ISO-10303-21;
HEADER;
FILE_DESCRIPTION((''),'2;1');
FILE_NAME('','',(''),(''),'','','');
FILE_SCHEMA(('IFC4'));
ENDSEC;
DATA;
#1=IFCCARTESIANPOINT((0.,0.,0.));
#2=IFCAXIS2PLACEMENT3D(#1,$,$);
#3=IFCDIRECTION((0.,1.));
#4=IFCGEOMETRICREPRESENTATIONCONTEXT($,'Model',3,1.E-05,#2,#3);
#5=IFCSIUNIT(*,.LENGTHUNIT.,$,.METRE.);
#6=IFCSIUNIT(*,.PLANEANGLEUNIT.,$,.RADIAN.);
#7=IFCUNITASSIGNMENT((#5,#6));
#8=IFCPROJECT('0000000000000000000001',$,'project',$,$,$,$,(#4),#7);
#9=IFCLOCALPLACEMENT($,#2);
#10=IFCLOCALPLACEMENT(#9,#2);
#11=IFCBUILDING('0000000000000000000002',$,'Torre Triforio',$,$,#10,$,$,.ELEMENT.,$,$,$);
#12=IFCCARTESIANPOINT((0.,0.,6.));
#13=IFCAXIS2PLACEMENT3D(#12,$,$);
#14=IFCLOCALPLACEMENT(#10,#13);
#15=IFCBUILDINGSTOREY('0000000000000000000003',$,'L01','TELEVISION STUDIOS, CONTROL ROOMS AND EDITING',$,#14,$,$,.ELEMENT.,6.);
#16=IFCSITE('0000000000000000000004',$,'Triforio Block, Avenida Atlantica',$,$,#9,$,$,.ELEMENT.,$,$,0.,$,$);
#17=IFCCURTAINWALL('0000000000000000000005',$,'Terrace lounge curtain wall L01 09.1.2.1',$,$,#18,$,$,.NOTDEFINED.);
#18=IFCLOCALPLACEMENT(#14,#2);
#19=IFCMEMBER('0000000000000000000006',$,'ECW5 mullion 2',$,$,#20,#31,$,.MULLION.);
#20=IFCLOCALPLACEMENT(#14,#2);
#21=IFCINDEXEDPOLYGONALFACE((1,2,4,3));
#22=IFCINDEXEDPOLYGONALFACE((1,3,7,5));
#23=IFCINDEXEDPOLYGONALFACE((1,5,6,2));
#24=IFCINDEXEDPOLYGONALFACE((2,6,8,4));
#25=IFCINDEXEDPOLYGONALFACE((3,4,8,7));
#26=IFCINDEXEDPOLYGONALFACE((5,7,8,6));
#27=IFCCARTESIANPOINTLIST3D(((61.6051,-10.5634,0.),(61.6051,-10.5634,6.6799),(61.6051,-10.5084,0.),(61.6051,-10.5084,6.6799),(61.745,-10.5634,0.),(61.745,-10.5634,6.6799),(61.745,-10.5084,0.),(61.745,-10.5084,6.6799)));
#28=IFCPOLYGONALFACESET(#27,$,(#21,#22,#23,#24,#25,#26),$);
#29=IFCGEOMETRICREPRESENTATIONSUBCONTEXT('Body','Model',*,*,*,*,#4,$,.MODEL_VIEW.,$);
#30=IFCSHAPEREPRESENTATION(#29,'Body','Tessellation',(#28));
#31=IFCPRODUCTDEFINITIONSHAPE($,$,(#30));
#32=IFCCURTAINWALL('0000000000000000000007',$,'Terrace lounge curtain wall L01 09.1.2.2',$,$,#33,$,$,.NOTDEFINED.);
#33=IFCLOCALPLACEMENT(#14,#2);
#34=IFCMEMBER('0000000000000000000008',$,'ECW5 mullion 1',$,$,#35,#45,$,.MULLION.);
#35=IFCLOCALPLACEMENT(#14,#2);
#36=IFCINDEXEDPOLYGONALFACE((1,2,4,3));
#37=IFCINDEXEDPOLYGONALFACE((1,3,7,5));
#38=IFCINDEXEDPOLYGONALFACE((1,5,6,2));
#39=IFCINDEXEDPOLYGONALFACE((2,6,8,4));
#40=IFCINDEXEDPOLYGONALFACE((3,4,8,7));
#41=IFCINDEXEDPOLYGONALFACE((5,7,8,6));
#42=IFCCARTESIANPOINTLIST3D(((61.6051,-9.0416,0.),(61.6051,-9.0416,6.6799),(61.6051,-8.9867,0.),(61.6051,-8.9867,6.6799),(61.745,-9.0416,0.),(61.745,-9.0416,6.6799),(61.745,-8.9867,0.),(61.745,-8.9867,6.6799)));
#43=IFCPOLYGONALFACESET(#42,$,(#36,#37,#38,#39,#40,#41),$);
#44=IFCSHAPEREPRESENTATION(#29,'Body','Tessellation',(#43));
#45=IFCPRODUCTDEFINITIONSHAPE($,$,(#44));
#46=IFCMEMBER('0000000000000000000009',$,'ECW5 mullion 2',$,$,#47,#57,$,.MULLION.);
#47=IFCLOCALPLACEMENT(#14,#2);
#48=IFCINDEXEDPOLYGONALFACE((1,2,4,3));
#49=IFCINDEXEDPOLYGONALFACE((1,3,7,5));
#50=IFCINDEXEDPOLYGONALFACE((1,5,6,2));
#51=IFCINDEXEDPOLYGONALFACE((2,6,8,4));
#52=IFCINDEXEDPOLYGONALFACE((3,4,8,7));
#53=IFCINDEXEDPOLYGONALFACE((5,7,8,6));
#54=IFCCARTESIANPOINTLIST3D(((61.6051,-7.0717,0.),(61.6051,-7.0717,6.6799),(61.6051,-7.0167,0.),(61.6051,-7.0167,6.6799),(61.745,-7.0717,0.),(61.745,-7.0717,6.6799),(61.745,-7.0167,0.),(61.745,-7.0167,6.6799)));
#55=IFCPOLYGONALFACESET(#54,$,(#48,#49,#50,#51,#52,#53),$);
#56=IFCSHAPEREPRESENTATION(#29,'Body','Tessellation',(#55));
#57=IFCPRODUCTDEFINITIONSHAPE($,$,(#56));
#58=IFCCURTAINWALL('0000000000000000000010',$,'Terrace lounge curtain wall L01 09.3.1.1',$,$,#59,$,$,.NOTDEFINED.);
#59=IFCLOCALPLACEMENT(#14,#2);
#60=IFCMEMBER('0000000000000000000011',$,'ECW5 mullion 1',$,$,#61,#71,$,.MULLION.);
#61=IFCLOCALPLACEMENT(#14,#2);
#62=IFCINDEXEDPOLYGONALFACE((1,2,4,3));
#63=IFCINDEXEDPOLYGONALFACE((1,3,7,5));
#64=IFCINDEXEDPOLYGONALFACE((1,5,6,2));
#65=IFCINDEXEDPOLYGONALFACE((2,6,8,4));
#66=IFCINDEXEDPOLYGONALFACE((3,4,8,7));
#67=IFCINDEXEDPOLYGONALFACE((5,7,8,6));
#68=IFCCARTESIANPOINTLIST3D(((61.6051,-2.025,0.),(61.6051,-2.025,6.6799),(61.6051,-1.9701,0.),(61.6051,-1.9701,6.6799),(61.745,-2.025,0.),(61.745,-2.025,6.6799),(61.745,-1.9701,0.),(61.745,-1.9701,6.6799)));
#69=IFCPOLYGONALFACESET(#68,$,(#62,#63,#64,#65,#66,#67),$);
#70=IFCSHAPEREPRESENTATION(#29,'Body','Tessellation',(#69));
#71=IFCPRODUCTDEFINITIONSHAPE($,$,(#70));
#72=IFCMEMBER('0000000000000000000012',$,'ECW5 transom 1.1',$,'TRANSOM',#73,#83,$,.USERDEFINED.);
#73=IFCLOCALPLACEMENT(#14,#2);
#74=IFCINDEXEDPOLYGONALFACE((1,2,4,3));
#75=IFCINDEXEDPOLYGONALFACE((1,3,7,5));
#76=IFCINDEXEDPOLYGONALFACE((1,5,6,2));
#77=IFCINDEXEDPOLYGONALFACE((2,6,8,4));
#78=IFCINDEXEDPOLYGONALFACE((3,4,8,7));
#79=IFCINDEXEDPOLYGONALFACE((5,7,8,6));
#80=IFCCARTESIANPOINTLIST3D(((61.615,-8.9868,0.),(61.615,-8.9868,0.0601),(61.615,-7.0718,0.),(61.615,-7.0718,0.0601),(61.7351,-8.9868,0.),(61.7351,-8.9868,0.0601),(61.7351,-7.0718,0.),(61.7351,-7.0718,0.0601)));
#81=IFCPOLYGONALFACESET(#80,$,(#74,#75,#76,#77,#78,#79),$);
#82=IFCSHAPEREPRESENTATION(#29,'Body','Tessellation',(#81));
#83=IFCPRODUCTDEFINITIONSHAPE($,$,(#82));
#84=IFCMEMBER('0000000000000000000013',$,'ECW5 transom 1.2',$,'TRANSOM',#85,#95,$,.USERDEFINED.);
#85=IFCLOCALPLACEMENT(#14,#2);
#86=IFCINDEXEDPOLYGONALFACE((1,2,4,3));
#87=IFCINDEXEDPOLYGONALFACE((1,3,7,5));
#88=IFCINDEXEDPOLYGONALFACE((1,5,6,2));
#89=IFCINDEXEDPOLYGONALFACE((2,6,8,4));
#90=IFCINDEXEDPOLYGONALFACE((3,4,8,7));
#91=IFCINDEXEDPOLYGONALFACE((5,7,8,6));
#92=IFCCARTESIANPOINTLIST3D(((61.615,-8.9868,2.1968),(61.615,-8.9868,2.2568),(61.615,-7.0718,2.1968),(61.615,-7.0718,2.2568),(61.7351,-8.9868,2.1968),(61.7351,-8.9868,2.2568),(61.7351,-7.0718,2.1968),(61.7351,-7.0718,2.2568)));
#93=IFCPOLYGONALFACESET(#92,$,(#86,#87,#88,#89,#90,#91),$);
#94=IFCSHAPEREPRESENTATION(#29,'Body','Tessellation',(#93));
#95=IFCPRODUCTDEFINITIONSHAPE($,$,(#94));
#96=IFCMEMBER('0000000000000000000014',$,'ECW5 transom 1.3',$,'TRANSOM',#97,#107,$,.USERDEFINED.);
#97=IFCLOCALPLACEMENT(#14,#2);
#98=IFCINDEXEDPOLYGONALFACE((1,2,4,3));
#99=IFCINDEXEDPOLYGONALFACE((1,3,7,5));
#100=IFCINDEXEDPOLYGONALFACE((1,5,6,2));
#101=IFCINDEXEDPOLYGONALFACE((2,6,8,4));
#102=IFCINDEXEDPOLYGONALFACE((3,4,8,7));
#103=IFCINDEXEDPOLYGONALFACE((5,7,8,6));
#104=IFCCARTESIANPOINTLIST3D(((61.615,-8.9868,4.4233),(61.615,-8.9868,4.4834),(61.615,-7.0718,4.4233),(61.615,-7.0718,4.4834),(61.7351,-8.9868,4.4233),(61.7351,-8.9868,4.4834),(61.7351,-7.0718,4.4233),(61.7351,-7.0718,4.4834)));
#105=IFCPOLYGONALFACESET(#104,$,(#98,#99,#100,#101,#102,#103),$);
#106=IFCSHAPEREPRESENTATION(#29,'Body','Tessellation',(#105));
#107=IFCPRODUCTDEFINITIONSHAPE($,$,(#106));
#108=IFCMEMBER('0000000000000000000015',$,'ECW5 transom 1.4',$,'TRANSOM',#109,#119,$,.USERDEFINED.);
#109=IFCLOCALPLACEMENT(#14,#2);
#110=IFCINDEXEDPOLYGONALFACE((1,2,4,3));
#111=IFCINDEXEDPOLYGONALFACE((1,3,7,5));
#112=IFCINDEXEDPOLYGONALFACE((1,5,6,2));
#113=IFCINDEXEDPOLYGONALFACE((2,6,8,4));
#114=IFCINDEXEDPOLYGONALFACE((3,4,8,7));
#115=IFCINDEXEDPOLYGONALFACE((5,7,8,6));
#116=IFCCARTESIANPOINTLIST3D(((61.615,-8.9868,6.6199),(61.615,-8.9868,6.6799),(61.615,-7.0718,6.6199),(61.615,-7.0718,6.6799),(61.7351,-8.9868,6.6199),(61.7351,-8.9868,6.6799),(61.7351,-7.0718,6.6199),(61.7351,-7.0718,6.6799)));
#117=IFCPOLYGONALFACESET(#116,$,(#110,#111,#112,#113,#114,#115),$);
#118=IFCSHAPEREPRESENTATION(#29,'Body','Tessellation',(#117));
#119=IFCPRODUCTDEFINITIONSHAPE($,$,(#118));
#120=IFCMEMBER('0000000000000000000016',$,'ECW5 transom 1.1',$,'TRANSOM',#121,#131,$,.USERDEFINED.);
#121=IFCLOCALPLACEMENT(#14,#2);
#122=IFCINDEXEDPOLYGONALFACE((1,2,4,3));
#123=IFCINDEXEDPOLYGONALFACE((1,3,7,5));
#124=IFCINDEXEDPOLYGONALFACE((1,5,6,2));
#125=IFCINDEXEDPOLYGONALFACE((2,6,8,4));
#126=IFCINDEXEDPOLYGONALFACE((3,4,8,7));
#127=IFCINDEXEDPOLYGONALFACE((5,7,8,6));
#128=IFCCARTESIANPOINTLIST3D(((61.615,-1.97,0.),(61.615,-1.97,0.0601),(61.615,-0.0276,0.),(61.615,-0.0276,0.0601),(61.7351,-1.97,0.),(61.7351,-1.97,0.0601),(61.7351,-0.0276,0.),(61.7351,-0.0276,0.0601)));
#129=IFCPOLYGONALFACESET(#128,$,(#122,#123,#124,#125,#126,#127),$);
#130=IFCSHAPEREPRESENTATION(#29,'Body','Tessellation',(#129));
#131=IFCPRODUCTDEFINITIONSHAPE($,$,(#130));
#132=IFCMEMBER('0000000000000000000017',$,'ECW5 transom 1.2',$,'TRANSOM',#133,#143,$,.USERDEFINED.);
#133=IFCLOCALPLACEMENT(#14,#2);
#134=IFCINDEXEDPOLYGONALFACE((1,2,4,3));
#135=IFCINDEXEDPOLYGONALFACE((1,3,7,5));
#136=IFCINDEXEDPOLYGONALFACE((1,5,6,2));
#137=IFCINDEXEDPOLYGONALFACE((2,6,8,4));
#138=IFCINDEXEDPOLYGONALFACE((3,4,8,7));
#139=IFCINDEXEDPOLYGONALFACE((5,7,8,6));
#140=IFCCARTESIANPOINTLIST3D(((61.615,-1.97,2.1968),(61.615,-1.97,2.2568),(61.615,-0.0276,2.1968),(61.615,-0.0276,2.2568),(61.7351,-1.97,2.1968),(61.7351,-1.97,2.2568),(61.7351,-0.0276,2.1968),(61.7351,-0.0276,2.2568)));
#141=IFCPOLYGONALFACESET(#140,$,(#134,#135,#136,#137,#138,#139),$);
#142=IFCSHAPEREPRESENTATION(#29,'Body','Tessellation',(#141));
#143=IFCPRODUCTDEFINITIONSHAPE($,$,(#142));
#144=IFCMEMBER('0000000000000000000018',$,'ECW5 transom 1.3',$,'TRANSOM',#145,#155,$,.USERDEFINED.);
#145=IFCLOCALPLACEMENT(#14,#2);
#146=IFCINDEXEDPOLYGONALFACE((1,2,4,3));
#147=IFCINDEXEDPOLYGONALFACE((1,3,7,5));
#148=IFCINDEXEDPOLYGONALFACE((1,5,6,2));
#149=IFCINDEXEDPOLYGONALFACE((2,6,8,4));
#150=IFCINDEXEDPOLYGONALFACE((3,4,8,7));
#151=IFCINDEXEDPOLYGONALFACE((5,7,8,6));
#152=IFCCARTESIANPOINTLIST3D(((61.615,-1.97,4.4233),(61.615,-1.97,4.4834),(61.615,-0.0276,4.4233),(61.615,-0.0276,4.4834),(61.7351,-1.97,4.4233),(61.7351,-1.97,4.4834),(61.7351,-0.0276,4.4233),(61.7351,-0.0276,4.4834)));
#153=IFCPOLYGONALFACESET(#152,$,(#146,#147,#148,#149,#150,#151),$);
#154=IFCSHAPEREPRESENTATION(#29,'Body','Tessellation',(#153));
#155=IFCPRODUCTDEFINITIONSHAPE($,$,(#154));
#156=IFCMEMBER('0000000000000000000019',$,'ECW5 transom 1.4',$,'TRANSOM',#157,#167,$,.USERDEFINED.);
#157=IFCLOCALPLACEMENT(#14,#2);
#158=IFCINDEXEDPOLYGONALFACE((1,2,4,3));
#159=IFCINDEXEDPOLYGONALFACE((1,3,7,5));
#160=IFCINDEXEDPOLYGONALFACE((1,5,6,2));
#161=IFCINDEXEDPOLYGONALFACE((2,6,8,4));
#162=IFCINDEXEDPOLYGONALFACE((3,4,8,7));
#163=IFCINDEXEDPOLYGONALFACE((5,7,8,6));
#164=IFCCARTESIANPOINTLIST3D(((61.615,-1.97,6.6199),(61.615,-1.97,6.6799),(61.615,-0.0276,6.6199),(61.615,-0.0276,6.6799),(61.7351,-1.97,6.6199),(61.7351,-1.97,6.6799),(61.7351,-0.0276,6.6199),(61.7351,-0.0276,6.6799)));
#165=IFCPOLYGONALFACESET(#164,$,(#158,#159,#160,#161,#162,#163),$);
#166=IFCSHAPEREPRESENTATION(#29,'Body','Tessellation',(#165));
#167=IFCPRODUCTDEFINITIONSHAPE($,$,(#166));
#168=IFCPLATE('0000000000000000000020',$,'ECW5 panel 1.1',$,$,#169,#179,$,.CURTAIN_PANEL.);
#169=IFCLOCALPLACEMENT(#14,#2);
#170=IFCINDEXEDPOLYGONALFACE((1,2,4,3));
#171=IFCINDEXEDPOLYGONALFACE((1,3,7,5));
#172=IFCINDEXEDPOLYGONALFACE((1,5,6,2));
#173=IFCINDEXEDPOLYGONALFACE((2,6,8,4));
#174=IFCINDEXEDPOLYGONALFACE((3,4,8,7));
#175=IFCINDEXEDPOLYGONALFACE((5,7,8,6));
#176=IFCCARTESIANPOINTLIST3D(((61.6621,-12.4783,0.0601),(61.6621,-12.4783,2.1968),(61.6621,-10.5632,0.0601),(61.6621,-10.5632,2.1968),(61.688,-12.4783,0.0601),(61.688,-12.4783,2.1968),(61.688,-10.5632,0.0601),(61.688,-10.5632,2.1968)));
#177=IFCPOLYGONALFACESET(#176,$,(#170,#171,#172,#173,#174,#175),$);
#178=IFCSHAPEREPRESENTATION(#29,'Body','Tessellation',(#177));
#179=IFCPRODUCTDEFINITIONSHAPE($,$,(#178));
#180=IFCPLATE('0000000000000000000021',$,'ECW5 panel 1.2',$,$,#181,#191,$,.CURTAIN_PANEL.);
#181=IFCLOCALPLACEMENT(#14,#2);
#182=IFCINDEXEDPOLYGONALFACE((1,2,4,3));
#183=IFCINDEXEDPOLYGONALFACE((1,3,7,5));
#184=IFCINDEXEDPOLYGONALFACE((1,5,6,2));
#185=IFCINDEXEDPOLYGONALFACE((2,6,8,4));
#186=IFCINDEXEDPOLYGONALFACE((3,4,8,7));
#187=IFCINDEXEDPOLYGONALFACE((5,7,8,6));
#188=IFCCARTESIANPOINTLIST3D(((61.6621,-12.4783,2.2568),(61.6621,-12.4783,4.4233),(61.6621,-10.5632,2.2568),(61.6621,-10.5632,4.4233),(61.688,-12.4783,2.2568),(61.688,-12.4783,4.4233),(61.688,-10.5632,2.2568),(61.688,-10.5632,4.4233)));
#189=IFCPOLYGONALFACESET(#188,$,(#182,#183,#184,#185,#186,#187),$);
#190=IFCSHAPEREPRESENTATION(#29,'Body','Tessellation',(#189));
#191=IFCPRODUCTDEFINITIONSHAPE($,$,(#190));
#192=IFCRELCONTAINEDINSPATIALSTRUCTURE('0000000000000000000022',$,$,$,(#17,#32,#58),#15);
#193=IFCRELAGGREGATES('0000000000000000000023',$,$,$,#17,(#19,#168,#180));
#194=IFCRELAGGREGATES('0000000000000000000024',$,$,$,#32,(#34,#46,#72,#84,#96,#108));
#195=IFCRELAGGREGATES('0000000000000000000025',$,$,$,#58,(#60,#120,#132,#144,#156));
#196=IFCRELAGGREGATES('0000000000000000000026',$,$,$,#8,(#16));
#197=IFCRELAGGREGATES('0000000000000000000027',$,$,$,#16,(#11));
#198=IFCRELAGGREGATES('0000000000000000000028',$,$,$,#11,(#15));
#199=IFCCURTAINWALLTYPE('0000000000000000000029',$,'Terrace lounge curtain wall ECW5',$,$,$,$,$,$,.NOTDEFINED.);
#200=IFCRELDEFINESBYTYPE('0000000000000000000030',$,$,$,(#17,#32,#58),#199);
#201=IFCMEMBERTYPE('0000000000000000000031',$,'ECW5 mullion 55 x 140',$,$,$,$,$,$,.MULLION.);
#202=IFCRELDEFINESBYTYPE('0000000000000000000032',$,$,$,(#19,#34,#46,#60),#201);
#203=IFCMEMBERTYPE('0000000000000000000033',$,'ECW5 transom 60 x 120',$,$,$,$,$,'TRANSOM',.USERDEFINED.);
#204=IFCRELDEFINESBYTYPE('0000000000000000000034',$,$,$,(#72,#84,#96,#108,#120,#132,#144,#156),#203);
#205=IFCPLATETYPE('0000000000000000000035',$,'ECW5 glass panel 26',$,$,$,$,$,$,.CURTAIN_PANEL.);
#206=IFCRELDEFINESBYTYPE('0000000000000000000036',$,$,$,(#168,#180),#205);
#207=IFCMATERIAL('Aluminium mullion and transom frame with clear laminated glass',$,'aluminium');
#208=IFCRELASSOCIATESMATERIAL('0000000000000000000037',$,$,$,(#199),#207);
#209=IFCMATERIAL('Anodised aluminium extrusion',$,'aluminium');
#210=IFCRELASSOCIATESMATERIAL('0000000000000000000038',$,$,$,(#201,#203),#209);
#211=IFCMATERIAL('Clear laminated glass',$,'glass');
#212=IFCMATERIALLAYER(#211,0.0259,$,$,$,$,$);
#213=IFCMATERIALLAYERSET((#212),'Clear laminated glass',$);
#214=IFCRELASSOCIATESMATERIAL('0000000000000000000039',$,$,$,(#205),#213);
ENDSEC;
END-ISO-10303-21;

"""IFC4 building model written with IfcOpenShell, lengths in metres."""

from ifc_helpers import new_model, si_unit, direction, frame, origin, origin_2d, place, context, subcontext, project, spatial, rectangle, extrude, material, layer, layer_set, material_profile, profile_set, type_object, element, aggregate, save


model = new_model("IFC4")

# Units and contexts
model_context = context("Model", 3, precision=1e-05, world=origin(), true_north=direction((0.0, 1.0)))
body_context = subcontext(model_context, "Body", "Model", "MODEL_VIEW")
ifc_project = project(units=[si_unit("LENGTHUNIT", "METRE"), si_unit("PLANEANGLEUNIT", "RADIAN")], contexts=[model_context])

# Site, building, storey
site_placement = place(None, origin())
site = spatial("IfcSite", under=ifc_project, at=site_placement, Name="Triforio Block, Avenida Atlantica", CompositionType="ELEMENT", RefElevation=0.0)
building_placement = place(site_placement, origin())
building = spatial("IfcBuilding", under=site, at=building_placement, Name="Torre Triforio", CompositionType="ELEMENT")
storey_placement = place(building_placement, frame((0.0, 0.0, 6.0)))
storey = spatial("IfcBuildingStorey", under=building, at=storey_placement, Name="L01", Description="TELEVISION STUDIOS, CONTROL ROOMS AND EDITING", CompositionType="ELEMENT", Elevation=6.0)

# Curtain wall, member
ifc_material_1 = material(Name="Aluminium mullion and transom frame with clear laminated glass", Category="aluminium")
curtain_wall_type = type_object("IfcCurtainWallType", Name="Terrace lounge curtain wall ECW5", PredefinedType="NOTDEFINED", material=ifc_material_1)
curtain_wall_1_placement = place(storey_placement, origin())
curtain_wall_1 = element("IfcCurtainWall", 1, at=curtain_wall_1_placement, inside=storey, type_object=curtain_wall_type, Name="Terrace lounge curtain wall L01 09.1.2.1", PredefinedType="NOTDEFINED")
ifc_material_2 = material(Name="Anodised aluminium extrusion", Category="aluminium")
ifc_material_profile_1 = material_profile(ifc_material_2, rectangle(XDim=0.1399, YDim=0.0549, at=origin_2d()), Name="ECW5 MULLION 55x140")
ifc_profile_set_1 = profile_set([ifc_material_profile_1], Name="Anodised aluminium extrusion")
member_type_1 = type_object("IfcMemberType", Name="ECW5 mullion 55 x 140", PredefinedType="MULLION", material=ifc_profile_set_1)
member_1_placement = place(storey_placement, frame((61.675, -10.5359, 0.0), z_axis=(0.0, 0.0, 1.0), x_axis=(-1.0, 0.0, 0.0)))
member_1 = element("IfcMember", 2, at=member_1_placement, type_object=member_type_1, Name="ECW5 mullion 2", PredefinedType="MULLION", context=body_context, shape_type="SweptSolid", body=[
    extrude(rectangle(XDim=0.1399, YDim=0.0549, at=origin_2d()), origin(), (0.0, 0.0, 1.0), 6.6799),
])

# Curtain wall, members
curtain_wall_2_placement = place(storey_placement, origin())
curtain_wall_2 = element("IfcCurtainWall", 3, at=curtain_wall_2_placement, inside=storey, type_object=curtain_wall_type, Name="Terrace lounge curtain wall L01 09.1.2.2", PredefinedType="NOTDEFINED")
member_2_placement = place(storey_placement, frame((61.675, -9.0142, 0.0), z_axis=(0.0, 0.0, 1.0), x_axis=(-1.0, 0.0, 0.0)))
member_2 = element("IfcMember", 4, at=member_2_placement, type_object=member_type_1, Name="ECW5 mullion 1", PredefinedType="MULLION", context=body_context, shape_type="SweptSolid", body=[
    extrude(rectangle(XDim=0.1399, YDim=0.0549, at=origin_2d()), origin(), (0.0, 0.0, 1.0), 6.6799),
])
member_3_placement = place(storey_placement, frame((61.675, -7.0442, 0.0), z_axis=(0.0, 0.0, 1.0), x_axis=(-1.0, 0.0, 0.0)))
member_3 = element("IfcMember", 5, at=member_3_placement, type_object=member_type_1, Name="ECW5 mullion 2", PredefinedType="MULLION", context=body_context, shape_type="SweptSolid", body=[
    extrude(rectangle(XDim=0.1399, YDim=0.0549, at=origin_2d()), origin(), (0.0, 0.0, 1.0), 6.6799),
])

# Curtain wall, member
curtain_wall_3_placement = place(storey_placement, origin())
curtain_wall_3 = element("IfcCurtainWall", 6, at=curtain_wall_3_placement, inside=storey, type_object=curtain_wall_type, Name="Terrace lounge curtain wall L01 09.3.1.1", PredefinedType="NOTDEFINED")
member_4_placement = place(storey_placement, frame((61.675, -1.9976, 0.0), z_axis=(0.0, 0.0, 1.0), x_axis=(-1.0, 0.0, 0.0)))
member_4 = element("IfcMember", 7, at=member_4_placement, type_object=member_type_1, Name="ECW5 mullion 1", PredefinedType="MULLION", context=body_context, shape_type="SweptSolid", body=[
    extrude(rectangle(XDim=0.1399, YDim=0.0549, at=origin_2d()), origin(), (0.0, 0.0, 1.0), 6.6799),
])

# Members
ifc_material_profile_2 = material_profile(ifc_material_2, rectangle(XDim=0.1201, YDim=0.0601, at=origin_2d()), Name="ECW5 TRANSOM 60x120")
ifc_profile_set_2 = profile_set([ifc_material_profile_2], Name="Anodised aluminium extrusion")
member_type_2 = type_object("IfcMemberType", Name="ECW5 transom 60 x 120", ElementType="TRANSOM", PredefinedType="USERDEFINED", material=ifc_profile_set_2)
member_5_placement = place(storey_placement, frame((61.675, -8.9868, 0.03), z_axis=(0.0, 1.0, 0.0), x_axis=(-1.0, 0.0, 0.0)))
member_5 = element("IfcMember", 8, at=member_5_placement, type_object=member_type_2, Name="ECW5 transom 1.1", ObjectType="TRANSOM", PredefinedType="USERDEFINED", context=body_context, shape_type="SweptSolid", body=[
    extrude(rectangle(XDim=0.1201, YDim=0.0601, at=origin_2d()), origin(), (0.0, 0.0, 1.0), 1.915),
])
member_6_placement = place(storey_placement, frame((61.675, -8.9868, 2.2268), z_axis=(0.0, 1.0, 0.0), x_axis=(-1.0, 0.0, 0.0)))
member_6 = element("IfcMember", 9, at=member_6_placement, type_object=member_type_2, Name="ECW5 transom 1.2", ObjectType="TRANSOM", PredefinedType="USERDEFINED", context=body_context, shape_type="SweptSolid", body=[
    extrude(rectangle(XDim=0.1201, YDim=0.0601, at=origin_2d()), origin(), (0.0, 0.0, 1.0), 1.915),
])
member_7_placement = place(storey_placement, frame((61.675, -8.9868, 4.4534), z_axis=(0.0, 1.0, 0.0), x_axis=(-1.0, 0.0, 0.0)))
member_7 = element("IfcMember", 10, at=member_7_placement, type_object=member_type_2, Name="ECW5 transom 1.3", ObjectType="TRANSOM", PredefinedType="USERDEFINED", context=body_context, shape_type="SweptSolid", body=[
    extrude(rectangle(XDim=0.1201, YDim=0.0601, at=origin_2d()), origin(), (0.0, 0.0, 1.0), 1.915),
])
member_8_placement = place(storey_placement, frame((61.675, -8.9868, 6.6499), z_axis=(0.0, 1.0, 0.0), x_axis=(-1.0, 0.0, 0.0)))
member_8 = element("IfcMember", 11, at=member_8_placement, type_object=member_type_2, Name="ECW5 transom 1.4", ObjectType="TRANSOM", PredefinedType="USERDEFINED", context=body_context, shape_type="SweptSolid", body=[
    extrude(rectangle(XDim=0.1201, YDim=0.0601, at=origin_2d()), origin(), (0.0, 0.0, 1.0), 1.915),
])
member_9_placement = place(storey_placement, frame((61.675, -1.97, 0.03), z_axis=(0.0, 1.0, 0.0), x_axis=(-1.0, 0.0, 0.0)))
member_9 = element("IfcMember", 12, at=member_9_placement, type_object=member_type_2, Name="ECW5 transom 1.1", ObjectType="TRANSOM", PredefinedType="USERDEFINED", context=body_context, shape_type="SweptSolid", body=[
    extrude(rectangle(XDim=0.1201, YDim=0.0601, at=origin_2d()), origin(), (0.0, 0.0, 1.0), 1.9424),
])
member_10_placement = place(storey_placement, frame((61.675, -1.97, 2.2268), z_axis=(0.0, 1.0, 0.0), x_axis=(-1.0, 0.0, 0.0)))
member_10 = element("IfcMember", 13, at=member_10_placement, type_object=member_type_2, Name="ECW5 transom 1.2", ObjectType="TRANSOM", PredefinedType="USERDEFINED", context=body_context, shape_type="SweptSolid", body=[
    extrude(rectangle(XDim=0.1201, YDim=0.0601, at=origin_2d()), origin(), (0.0, 0.0, 1.0), 1.9424),
])
member_11_placement = place(storey_placement, frame((61.675, -1.97, 4.4534), z_axis=(0.0, 1.0, 0.0), x_axis=(-1.0, 0.0, 0.0)))
member_11 = element("IfcMember", 14, at=member_11_placement, type_object=member_type_2, Name="ECW5 transom 1.3", ObjectType="TRANSOM", PredefinedType="USERDEFINED", context=body_context, shape_type="SweptSolid", body=[
    extrude(rectangle(XDim=0.1201, YDim=0.0601, at=origin_2d()), origin(), (0.0, 0.0, 1.0), 1.9424),
])
member_12_placement = place(storey_placement, frame((61.675, -1.97, 6.6499), z_axis=(0.0, 1.0, 0.0), x_axis=(-1.0, 0.0, 0.0)))
member_12 = element("IfcMember", 15, at=member_12_placement, type_object=member_type_2, Name="ECW5 transom 1.4", ObjectType="TRANSOM", PredefinedType="USERDEFINED", context=body_context, shape_type="SweptSolid", body=[
    extrude(rectangle(XDim=0.1201, YDim=0.0601, at=origin_2d()), origin(), (0.0, 0.0, 1.0), 1.9424),
])

# Plates
ifc_material_3 = material(Name="Clear laminated glass", Category="glass")
ifc_layer_1 = layer(ifc_material_3, 0.0259)
ifc_layer_set_1 = layer_set([ifc_layer_1], Name="Clear laminated glass")
plate_type = type_object("IfcPlateType", Name="ECW5 glass panel 26", PredefinedType="CURTAIN_PANEL", material=ifc_layer_set_1)
plate_1_placement = place(storey_placement, frame((61.675, -11.5208, 0.0601), z_axis=(0.0, 0.0, 1.0), x_axis=(0.0, 1.0, 0.0)))
plate_1 = element("IfcPlate", 16, at=plate_1_placement, type_object=plate_type, Name="ECW5 panel 1.1", PredefinedType="CURTAIN_PANEL", context=body_context, shape_type="SweptSolid", body=[
    extrude(rectangle(XDim=1.915, YDim=0.0259, at=origin_2d()), origin(), (0.0, 0.0, 1.0), 2.1367),
])
plate_2_placement = place(storey_placement, frame((61.675, -11.5208, 2.2568), z_axis=(0.0, 0.0, 1.0), x_axis=(0.0, 1.0, 0.0)))
plate_2 = element("IfcPlate", 17, at=plate_2_placement, type_object=plate_type, Name="ECW5 panel 1.2", PredefinedType="CURTAIN_PANEL", context=body_context, shape_type="SweptSolid", body=[
    extrude(rectangle(XDim=1.915, YDim=0.0259, at=origin_2d()), origin(), (0.0, 0.0, 1.0), 2.1665),
])
aggregate(curtain_wall_1, [member_1, plate_1, plate_2])
aggregate(curtain_wall_2, [member_2, member_3, member_5, member_6, member_7, member_8])
aggregate(curtain_wall_3, [member_4, member_9, member_10, member_11, member_12])

save(model, "model.ifc")
